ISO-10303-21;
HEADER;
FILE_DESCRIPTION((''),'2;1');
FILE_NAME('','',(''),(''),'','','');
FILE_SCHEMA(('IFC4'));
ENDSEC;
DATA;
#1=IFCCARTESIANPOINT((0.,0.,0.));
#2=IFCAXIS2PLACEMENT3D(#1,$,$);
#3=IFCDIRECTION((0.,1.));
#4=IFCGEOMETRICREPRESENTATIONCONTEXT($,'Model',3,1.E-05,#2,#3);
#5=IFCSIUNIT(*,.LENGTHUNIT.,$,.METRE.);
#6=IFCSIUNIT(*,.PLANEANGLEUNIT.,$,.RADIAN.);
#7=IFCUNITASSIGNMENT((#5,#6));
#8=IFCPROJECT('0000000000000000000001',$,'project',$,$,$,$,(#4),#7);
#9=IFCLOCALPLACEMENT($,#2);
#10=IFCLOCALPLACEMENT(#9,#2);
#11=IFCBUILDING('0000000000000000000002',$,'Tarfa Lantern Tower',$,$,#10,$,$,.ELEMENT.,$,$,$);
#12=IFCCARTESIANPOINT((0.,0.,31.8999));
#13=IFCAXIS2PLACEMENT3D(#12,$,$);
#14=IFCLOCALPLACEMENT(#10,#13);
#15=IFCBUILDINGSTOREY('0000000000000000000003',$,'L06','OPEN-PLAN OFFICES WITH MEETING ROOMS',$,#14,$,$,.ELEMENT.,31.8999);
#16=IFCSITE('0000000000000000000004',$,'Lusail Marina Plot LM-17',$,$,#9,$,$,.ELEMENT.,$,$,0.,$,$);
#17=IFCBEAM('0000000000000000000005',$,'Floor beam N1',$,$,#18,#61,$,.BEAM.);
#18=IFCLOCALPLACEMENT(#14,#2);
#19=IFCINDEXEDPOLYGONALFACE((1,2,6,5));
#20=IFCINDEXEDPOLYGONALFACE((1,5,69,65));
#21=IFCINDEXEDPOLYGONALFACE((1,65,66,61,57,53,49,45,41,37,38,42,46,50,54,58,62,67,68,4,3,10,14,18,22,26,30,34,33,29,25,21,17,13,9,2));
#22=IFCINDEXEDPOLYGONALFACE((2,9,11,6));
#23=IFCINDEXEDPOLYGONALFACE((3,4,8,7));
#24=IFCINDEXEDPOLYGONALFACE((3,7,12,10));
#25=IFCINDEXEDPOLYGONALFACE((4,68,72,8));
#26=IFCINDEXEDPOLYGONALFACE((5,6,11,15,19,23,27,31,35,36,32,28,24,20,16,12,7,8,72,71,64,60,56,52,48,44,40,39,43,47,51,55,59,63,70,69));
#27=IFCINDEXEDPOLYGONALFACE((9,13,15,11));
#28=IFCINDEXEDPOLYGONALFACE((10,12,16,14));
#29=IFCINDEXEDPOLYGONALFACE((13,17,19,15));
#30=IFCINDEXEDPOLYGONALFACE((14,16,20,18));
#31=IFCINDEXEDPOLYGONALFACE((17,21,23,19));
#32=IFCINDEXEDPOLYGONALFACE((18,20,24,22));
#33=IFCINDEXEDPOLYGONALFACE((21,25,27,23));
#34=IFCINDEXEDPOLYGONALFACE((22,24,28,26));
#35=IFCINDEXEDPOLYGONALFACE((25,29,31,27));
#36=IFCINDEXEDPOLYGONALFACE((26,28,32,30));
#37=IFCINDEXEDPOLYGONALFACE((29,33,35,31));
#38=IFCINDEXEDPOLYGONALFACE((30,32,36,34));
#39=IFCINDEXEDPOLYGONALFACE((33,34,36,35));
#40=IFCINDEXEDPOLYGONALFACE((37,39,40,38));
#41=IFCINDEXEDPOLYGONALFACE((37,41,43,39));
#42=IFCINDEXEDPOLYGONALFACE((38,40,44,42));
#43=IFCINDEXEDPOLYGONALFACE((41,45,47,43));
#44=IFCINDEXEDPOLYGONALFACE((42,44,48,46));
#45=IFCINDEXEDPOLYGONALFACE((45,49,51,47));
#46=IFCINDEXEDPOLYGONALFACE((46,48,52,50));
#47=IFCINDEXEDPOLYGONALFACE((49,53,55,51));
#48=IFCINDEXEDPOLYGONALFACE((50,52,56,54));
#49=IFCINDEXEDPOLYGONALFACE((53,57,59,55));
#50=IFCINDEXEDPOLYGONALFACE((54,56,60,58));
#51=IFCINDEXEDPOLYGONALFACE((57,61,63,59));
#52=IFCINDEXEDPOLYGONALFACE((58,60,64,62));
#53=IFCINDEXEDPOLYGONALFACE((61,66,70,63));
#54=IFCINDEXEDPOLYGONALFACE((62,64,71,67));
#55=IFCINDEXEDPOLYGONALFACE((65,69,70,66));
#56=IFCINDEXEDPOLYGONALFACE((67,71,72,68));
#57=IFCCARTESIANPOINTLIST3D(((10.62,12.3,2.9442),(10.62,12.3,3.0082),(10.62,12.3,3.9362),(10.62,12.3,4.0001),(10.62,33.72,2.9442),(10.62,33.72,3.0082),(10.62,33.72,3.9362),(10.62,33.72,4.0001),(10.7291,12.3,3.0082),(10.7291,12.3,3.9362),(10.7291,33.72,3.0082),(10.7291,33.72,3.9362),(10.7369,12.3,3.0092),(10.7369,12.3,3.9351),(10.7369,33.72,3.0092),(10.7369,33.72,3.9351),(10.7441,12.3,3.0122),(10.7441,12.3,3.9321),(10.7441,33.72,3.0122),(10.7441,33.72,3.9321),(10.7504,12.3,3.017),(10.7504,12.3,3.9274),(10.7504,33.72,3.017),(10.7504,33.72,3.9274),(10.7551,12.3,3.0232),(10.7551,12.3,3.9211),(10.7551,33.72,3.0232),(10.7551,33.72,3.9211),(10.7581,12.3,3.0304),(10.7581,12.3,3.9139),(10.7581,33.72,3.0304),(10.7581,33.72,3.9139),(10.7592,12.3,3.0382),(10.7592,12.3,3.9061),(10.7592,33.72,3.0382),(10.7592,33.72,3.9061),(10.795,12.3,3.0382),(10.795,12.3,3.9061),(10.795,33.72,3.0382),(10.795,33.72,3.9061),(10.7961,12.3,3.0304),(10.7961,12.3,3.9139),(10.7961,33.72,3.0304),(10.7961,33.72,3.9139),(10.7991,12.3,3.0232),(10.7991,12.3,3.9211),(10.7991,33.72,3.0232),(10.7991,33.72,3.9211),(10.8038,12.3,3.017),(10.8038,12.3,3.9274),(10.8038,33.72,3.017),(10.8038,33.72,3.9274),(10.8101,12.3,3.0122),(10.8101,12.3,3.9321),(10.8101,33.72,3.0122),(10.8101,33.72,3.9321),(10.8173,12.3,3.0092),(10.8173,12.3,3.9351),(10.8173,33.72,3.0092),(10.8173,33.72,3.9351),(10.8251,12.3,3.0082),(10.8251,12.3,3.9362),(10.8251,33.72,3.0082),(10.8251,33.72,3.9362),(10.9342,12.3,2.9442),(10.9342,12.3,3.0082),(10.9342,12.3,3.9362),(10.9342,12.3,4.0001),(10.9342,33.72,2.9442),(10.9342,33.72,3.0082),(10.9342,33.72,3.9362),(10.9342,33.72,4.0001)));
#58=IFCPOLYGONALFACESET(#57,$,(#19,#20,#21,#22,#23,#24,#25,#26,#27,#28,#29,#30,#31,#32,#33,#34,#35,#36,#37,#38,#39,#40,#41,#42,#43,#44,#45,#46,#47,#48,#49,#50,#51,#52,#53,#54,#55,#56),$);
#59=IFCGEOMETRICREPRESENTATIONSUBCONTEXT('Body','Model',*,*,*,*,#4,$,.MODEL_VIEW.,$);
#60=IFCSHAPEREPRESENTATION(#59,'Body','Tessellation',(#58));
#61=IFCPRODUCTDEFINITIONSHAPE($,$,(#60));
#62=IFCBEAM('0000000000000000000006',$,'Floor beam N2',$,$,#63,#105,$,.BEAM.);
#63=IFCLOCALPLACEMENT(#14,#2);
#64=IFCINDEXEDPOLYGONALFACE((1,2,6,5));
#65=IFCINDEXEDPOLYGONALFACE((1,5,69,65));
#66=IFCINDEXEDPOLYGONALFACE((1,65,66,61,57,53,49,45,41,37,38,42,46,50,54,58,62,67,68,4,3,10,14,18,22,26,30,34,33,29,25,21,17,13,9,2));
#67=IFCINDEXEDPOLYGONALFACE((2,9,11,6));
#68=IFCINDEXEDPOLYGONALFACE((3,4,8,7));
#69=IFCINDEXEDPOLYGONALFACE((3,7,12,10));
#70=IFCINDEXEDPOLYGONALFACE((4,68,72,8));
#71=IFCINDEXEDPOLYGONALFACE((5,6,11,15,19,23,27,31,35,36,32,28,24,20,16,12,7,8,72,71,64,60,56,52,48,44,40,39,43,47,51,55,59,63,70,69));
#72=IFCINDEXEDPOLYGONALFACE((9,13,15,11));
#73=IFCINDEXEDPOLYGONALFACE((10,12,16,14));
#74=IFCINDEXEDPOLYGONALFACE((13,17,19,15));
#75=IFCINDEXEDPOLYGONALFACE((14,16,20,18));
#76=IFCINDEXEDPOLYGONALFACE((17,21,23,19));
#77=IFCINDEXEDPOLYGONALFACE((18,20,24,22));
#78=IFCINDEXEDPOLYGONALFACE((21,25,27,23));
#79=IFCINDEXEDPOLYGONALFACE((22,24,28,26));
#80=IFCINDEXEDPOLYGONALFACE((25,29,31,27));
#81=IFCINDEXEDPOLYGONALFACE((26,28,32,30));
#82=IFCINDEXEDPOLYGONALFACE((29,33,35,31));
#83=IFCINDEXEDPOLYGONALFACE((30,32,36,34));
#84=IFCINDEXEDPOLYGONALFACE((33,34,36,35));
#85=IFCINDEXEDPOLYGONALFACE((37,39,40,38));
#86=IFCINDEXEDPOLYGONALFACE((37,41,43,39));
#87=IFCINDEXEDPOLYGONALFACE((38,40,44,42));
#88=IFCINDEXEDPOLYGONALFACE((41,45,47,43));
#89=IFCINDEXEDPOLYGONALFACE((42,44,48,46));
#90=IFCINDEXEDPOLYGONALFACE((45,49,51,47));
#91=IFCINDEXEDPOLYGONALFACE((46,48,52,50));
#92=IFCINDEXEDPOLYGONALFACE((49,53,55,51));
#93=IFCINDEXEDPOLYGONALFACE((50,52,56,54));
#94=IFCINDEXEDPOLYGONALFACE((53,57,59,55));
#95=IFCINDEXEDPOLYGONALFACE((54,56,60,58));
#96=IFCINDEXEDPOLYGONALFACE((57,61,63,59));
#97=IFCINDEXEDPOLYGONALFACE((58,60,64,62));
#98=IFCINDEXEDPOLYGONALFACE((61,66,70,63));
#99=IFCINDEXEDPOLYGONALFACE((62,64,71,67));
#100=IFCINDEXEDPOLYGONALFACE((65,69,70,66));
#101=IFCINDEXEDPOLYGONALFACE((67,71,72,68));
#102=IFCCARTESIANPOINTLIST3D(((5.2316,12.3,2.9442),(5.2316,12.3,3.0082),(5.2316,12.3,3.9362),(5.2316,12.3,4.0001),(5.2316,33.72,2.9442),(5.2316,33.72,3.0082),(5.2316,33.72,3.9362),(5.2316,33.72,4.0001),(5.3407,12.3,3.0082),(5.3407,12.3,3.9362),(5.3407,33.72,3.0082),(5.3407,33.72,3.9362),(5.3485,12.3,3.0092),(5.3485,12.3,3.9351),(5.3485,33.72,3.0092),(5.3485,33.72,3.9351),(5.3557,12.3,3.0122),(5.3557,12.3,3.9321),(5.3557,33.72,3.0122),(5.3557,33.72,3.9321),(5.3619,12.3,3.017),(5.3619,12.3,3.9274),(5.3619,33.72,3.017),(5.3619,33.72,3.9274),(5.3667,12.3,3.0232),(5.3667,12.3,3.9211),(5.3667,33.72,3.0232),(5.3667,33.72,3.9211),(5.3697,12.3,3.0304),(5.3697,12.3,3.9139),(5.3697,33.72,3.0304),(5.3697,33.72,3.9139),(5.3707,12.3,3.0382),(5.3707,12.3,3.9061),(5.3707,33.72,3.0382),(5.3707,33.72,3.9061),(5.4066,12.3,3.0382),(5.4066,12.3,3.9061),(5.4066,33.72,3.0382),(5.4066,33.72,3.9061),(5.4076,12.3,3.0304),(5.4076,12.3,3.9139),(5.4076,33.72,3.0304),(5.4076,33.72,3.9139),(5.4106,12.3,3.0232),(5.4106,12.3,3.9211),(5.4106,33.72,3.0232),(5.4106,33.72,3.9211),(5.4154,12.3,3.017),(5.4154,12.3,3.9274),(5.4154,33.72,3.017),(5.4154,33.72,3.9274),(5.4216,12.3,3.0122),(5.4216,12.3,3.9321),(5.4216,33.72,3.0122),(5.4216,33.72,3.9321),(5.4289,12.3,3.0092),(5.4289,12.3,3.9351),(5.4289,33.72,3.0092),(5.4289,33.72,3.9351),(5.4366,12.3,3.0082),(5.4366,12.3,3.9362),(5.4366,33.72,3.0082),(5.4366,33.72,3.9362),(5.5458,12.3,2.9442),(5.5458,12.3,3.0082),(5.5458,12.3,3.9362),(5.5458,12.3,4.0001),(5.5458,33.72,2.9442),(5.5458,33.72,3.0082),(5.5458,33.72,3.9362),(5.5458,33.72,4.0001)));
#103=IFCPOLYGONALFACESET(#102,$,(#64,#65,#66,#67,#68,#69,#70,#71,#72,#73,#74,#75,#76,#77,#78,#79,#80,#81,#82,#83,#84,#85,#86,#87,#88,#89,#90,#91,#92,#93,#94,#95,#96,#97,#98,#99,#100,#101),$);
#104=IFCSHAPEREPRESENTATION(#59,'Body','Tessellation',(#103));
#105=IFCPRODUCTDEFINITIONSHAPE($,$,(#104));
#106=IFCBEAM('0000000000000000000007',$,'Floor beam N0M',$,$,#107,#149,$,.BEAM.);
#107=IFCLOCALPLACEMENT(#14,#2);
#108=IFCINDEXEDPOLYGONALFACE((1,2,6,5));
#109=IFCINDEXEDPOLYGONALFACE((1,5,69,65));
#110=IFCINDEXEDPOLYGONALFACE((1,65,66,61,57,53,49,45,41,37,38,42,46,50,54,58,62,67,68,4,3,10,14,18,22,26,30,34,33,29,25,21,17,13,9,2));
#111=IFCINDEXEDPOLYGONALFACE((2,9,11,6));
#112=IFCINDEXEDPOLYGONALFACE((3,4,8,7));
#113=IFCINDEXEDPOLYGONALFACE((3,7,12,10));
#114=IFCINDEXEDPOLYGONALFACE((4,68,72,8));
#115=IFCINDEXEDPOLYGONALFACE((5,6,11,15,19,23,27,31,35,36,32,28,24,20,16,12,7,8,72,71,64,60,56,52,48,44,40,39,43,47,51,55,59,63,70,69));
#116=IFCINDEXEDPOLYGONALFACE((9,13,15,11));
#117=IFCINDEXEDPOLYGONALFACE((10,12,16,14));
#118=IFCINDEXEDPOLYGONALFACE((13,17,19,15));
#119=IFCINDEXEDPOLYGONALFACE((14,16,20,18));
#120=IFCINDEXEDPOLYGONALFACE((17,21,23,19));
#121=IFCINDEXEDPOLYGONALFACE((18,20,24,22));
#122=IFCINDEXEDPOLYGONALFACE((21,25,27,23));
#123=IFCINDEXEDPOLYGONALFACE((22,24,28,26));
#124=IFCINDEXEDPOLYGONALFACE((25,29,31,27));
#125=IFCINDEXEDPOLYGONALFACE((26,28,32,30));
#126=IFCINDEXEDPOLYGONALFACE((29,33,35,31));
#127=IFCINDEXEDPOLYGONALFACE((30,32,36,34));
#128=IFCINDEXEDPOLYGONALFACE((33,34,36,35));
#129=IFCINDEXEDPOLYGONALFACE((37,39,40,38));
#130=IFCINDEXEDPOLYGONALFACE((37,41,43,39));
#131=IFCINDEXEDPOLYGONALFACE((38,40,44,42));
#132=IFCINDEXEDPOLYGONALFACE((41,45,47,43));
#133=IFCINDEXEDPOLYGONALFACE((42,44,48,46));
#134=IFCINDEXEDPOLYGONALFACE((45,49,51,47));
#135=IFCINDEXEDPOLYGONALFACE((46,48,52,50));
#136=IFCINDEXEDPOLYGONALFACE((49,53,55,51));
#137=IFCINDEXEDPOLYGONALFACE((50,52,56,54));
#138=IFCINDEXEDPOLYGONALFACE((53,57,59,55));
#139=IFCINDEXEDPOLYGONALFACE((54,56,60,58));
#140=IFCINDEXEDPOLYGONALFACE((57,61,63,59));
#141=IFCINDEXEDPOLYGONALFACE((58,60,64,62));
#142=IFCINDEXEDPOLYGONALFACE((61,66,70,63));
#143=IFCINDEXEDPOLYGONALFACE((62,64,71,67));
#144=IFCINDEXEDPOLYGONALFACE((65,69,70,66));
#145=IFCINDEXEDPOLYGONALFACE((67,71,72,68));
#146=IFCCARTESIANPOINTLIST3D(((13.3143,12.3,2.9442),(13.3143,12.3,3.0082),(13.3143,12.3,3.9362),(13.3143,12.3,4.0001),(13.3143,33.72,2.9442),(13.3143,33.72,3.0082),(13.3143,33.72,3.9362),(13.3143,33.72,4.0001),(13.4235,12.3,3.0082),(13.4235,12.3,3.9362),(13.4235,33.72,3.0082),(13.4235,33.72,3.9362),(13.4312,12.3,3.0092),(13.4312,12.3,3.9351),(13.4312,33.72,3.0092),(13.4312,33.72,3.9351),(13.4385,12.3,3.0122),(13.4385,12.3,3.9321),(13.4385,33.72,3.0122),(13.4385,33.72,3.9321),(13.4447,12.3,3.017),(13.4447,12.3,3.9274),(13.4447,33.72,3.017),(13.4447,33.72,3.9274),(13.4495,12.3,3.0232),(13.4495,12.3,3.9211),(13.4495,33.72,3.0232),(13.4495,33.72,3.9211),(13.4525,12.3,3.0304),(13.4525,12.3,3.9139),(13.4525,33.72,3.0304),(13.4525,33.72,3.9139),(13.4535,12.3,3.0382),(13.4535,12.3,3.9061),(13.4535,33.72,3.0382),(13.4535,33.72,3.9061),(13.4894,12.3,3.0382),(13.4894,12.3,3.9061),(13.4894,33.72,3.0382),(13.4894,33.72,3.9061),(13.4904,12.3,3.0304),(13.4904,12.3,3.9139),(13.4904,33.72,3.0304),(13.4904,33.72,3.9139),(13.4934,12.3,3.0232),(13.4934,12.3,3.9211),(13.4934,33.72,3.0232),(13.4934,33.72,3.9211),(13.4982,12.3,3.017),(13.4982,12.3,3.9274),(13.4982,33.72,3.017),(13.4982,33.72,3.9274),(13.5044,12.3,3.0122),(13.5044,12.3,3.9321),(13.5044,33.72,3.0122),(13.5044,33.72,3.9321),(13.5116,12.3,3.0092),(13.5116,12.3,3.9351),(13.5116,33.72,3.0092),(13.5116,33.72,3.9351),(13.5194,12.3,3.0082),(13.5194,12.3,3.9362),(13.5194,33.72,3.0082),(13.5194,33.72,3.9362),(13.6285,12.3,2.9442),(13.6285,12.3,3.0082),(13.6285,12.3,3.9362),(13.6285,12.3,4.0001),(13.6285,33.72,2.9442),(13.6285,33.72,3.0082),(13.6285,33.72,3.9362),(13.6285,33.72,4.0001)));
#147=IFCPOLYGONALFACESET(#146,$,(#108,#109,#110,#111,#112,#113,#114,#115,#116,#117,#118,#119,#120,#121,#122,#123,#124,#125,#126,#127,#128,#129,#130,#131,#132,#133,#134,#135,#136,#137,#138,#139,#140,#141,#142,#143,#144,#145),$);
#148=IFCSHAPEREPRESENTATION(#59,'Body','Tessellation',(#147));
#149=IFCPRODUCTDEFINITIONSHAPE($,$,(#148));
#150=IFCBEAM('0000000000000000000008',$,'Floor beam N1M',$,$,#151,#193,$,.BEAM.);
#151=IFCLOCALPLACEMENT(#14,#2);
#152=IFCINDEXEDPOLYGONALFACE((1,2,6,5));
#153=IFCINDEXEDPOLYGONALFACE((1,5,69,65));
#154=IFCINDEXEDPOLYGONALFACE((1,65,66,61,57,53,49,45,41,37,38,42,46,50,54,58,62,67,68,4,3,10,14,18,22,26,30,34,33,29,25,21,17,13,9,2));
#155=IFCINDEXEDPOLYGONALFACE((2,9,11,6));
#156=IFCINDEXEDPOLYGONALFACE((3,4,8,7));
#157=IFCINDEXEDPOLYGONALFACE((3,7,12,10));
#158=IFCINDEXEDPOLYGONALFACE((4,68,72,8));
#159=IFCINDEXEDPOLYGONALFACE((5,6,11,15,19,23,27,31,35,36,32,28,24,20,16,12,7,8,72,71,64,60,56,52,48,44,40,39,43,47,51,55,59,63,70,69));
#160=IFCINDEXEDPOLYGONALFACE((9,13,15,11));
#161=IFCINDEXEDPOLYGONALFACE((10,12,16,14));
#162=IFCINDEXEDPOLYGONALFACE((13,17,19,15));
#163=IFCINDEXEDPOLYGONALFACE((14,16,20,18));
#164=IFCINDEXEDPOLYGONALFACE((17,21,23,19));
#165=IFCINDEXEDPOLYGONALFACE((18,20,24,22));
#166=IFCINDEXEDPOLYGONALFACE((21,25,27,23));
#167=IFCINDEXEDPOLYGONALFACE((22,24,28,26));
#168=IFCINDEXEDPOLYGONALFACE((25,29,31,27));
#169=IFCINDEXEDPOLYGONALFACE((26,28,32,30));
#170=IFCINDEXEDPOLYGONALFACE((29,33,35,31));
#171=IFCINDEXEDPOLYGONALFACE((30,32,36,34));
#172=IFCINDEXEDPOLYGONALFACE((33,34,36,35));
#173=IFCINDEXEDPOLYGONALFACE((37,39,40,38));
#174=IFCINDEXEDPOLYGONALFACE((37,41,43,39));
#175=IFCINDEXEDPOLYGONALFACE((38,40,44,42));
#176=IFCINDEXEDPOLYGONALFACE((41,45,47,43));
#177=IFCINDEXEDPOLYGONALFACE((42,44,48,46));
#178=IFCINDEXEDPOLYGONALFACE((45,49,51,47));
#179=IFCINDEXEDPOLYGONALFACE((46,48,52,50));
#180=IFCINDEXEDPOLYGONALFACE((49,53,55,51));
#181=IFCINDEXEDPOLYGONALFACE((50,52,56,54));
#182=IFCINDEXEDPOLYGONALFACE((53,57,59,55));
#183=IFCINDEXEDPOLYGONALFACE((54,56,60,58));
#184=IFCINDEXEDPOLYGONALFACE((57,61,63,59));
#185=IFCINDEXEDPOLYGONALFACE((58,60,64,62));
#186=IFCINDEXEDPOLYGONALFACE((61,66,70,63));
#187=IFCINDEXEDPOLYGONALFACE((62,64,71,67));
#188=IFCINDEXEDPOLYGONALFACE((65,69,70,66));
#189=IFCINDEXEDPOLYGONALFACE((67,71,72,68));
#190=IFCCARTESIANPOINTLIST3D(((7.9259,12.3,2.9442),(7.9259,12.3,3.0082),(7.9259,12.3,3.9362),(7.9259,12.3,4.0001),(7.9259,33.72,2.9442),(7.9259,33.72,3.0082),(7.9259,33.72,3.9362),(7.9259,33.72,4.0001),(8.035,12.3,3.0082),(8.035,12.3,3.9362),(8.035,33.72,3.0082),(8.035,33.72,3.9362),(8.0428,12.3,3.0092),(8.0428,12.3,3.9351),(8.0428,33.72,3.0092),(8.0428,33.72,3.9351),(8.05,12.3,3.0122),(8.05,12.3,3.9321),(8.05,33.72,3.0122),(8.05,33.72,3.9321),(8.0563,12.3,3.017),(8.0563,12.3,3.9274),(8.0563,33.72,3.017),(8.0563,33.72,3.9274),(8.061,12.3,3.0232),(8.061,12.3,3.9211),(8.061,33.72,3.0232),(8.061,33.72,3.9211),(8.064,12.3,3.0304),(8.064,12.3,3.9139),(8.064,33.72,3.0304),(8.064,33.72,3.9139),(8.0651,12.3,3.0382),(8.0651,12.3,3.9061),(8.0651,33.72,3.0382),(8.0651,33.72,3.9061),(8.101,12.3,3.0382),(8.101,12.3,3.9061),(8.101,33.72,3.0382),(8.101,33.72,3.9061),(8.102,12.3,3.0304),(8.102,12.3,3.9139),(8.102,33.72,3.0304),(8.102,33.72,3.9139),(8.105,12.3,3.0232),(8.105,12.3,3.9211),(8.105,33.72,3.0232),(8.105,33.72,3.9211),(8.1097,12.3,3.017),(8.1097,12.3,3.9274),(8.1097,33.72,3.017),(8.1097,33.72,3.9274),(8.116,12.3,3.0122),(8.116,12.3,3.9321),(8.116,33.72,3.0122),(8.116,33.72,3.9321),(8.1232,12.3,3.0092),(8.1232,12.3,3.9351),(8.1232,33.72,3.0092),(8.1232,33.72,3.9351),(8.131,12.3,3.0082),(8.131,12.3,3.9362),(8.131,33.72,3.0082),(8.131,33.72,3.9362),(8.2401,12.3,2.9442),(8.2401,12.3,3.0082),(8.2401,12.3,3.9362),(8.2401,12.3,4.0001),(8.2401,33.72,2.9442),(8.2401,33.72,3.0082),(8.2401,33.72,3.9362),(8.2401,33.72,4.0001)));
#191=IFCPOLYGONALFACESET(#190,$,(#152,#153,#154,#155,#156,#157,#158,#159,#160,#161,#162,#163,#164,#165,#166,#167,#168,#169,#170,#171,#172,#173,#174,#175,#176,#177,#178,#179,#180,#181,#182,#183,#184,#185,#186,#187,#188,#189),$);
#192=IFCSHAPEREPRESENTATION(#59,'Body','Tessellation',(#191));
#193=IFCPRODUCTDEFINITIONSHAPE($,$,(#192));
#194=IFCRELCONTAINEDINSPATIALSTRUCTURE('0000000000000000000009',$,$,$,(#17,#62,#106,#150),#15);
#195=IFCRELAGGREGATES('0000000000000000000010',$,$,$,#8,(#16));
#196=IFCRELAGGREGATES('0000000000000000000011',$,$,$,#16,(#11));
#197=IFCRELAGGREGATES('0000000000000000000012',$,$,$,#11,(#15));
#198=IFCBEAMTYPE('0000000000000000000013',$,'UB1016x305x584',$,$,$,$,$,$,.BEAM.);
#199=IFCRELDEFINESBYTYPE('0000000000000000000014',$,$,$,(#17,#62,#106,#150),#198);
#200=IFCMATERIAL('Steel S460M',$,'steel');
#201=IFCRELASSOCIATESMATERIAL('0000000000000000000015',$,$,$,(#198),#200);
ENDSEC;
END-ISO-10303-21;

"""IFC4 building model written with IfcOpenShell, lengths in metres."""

from ifc_helpers import new_model, si_unit, direction, frame, origin, origin_2d, place, context, subcontext, project, spatial, i_section, extrude, material, material_profile, profile_set, type_object, element, save


model = new_model("IFC4")

# Units and contexts
model_context = context("Model", 3, precision=1e-05, world=origin(), true_north=direction((0.0, 1.0)))
body_context = subcontext(model_context, "Body", "Model", "MODEL_VIEW")
ifc_project = project(units=[si_unit("LENGTHUNIT", "METRE"), si_unit("PLANEANGLEUNIT", "RADIAN")], contexts=[model_context])

# Site, building, storey
site_placement = place(None, origin())
site = spatial("IfcSite", under=ifc_project, at=site_placement, Name="Lusail Marina Plot LM-17", CompositionType="ELEMENT", RefElevation=0.0)
building_placement = place(site_placement, origin())
building = spatial("IfcBuilding", under=site, at=building_placement, Name="Tarfa Lantern Tower", CompositionType="ELEMENT")
storey_placement = place(building_placement, frame((0.0, 0.0, 31.8999)))
storey = spatial("IfcBuildingStorey", under=building, at=storey_placement, Name="L06", Description="OPEN-PLAN OFFICES WITH MEETING ROOMS", CompositionType="ELEMENT", Elevation=31.8999)

# Beams
ifc_material_1 = material(Name="Steel S460M", Category="steel")
ifc_material_profile_1 = material_profile(ifc_material_1, i_section(OverallWidth=0.3142, OverallDepth=1.0559, WebThickness=0.0359, FlangeThickness=0.064, FilletRadius=0.03, at=origin_2d()), Name="UB1016x305x584")
ifc_profile_set_1 = profile_set([ifc_material_profile_1], Name="Steel S460M")
beam_type_1 = type_object("IfcBeamType", Name="UB1016x305x584", PredefinedType="BEAM", material=ifc_profile_set_1)
for number, where, z_axis, x_axis, name in (
    (1, (10.7771, 33.72, 3.4722), (0.0, -1.0, 0.0), (1.0, 0.0, 0.0), "Floor beam N1"),
    (2, (5.3887, 33.72, 3.4722), (0.0, -1.0, 0.0), (1.0, 0.0, 0.0), "Floor beam N2"),
    (3, (13.4714, 33.72, 3.4722), (0.0, -1.0, 0.0), (1.0, 0.0, 0.0), "Floor beam N0M"),
    (4, (8.083, 33.72, 3.4722), (0.0, -1.0, 0.0), (1.0, 0.0, 0.0), "Floor beam N1M"),
):
    element("IfcBeam", number, at=place(storey_placement, frame(where, z_axis=z_axis, x_axis=x_axis)), inside=storey, type_object=beam_type_1, Name=name, PredefinedType="BEAM", context=body_context, shape_type="SweptSolid", body=[
        extrude(i_section(OverallWidth=0.3142, OverallDepth=1.0559, WebThickness=0.0359, FlangeThickness=0.064, FilletRadius=0.03, at=origin_2d()), origin(), (0.0, 0.0, 1.0), 21.4199),
    ])

save(model, "model.ifc")
